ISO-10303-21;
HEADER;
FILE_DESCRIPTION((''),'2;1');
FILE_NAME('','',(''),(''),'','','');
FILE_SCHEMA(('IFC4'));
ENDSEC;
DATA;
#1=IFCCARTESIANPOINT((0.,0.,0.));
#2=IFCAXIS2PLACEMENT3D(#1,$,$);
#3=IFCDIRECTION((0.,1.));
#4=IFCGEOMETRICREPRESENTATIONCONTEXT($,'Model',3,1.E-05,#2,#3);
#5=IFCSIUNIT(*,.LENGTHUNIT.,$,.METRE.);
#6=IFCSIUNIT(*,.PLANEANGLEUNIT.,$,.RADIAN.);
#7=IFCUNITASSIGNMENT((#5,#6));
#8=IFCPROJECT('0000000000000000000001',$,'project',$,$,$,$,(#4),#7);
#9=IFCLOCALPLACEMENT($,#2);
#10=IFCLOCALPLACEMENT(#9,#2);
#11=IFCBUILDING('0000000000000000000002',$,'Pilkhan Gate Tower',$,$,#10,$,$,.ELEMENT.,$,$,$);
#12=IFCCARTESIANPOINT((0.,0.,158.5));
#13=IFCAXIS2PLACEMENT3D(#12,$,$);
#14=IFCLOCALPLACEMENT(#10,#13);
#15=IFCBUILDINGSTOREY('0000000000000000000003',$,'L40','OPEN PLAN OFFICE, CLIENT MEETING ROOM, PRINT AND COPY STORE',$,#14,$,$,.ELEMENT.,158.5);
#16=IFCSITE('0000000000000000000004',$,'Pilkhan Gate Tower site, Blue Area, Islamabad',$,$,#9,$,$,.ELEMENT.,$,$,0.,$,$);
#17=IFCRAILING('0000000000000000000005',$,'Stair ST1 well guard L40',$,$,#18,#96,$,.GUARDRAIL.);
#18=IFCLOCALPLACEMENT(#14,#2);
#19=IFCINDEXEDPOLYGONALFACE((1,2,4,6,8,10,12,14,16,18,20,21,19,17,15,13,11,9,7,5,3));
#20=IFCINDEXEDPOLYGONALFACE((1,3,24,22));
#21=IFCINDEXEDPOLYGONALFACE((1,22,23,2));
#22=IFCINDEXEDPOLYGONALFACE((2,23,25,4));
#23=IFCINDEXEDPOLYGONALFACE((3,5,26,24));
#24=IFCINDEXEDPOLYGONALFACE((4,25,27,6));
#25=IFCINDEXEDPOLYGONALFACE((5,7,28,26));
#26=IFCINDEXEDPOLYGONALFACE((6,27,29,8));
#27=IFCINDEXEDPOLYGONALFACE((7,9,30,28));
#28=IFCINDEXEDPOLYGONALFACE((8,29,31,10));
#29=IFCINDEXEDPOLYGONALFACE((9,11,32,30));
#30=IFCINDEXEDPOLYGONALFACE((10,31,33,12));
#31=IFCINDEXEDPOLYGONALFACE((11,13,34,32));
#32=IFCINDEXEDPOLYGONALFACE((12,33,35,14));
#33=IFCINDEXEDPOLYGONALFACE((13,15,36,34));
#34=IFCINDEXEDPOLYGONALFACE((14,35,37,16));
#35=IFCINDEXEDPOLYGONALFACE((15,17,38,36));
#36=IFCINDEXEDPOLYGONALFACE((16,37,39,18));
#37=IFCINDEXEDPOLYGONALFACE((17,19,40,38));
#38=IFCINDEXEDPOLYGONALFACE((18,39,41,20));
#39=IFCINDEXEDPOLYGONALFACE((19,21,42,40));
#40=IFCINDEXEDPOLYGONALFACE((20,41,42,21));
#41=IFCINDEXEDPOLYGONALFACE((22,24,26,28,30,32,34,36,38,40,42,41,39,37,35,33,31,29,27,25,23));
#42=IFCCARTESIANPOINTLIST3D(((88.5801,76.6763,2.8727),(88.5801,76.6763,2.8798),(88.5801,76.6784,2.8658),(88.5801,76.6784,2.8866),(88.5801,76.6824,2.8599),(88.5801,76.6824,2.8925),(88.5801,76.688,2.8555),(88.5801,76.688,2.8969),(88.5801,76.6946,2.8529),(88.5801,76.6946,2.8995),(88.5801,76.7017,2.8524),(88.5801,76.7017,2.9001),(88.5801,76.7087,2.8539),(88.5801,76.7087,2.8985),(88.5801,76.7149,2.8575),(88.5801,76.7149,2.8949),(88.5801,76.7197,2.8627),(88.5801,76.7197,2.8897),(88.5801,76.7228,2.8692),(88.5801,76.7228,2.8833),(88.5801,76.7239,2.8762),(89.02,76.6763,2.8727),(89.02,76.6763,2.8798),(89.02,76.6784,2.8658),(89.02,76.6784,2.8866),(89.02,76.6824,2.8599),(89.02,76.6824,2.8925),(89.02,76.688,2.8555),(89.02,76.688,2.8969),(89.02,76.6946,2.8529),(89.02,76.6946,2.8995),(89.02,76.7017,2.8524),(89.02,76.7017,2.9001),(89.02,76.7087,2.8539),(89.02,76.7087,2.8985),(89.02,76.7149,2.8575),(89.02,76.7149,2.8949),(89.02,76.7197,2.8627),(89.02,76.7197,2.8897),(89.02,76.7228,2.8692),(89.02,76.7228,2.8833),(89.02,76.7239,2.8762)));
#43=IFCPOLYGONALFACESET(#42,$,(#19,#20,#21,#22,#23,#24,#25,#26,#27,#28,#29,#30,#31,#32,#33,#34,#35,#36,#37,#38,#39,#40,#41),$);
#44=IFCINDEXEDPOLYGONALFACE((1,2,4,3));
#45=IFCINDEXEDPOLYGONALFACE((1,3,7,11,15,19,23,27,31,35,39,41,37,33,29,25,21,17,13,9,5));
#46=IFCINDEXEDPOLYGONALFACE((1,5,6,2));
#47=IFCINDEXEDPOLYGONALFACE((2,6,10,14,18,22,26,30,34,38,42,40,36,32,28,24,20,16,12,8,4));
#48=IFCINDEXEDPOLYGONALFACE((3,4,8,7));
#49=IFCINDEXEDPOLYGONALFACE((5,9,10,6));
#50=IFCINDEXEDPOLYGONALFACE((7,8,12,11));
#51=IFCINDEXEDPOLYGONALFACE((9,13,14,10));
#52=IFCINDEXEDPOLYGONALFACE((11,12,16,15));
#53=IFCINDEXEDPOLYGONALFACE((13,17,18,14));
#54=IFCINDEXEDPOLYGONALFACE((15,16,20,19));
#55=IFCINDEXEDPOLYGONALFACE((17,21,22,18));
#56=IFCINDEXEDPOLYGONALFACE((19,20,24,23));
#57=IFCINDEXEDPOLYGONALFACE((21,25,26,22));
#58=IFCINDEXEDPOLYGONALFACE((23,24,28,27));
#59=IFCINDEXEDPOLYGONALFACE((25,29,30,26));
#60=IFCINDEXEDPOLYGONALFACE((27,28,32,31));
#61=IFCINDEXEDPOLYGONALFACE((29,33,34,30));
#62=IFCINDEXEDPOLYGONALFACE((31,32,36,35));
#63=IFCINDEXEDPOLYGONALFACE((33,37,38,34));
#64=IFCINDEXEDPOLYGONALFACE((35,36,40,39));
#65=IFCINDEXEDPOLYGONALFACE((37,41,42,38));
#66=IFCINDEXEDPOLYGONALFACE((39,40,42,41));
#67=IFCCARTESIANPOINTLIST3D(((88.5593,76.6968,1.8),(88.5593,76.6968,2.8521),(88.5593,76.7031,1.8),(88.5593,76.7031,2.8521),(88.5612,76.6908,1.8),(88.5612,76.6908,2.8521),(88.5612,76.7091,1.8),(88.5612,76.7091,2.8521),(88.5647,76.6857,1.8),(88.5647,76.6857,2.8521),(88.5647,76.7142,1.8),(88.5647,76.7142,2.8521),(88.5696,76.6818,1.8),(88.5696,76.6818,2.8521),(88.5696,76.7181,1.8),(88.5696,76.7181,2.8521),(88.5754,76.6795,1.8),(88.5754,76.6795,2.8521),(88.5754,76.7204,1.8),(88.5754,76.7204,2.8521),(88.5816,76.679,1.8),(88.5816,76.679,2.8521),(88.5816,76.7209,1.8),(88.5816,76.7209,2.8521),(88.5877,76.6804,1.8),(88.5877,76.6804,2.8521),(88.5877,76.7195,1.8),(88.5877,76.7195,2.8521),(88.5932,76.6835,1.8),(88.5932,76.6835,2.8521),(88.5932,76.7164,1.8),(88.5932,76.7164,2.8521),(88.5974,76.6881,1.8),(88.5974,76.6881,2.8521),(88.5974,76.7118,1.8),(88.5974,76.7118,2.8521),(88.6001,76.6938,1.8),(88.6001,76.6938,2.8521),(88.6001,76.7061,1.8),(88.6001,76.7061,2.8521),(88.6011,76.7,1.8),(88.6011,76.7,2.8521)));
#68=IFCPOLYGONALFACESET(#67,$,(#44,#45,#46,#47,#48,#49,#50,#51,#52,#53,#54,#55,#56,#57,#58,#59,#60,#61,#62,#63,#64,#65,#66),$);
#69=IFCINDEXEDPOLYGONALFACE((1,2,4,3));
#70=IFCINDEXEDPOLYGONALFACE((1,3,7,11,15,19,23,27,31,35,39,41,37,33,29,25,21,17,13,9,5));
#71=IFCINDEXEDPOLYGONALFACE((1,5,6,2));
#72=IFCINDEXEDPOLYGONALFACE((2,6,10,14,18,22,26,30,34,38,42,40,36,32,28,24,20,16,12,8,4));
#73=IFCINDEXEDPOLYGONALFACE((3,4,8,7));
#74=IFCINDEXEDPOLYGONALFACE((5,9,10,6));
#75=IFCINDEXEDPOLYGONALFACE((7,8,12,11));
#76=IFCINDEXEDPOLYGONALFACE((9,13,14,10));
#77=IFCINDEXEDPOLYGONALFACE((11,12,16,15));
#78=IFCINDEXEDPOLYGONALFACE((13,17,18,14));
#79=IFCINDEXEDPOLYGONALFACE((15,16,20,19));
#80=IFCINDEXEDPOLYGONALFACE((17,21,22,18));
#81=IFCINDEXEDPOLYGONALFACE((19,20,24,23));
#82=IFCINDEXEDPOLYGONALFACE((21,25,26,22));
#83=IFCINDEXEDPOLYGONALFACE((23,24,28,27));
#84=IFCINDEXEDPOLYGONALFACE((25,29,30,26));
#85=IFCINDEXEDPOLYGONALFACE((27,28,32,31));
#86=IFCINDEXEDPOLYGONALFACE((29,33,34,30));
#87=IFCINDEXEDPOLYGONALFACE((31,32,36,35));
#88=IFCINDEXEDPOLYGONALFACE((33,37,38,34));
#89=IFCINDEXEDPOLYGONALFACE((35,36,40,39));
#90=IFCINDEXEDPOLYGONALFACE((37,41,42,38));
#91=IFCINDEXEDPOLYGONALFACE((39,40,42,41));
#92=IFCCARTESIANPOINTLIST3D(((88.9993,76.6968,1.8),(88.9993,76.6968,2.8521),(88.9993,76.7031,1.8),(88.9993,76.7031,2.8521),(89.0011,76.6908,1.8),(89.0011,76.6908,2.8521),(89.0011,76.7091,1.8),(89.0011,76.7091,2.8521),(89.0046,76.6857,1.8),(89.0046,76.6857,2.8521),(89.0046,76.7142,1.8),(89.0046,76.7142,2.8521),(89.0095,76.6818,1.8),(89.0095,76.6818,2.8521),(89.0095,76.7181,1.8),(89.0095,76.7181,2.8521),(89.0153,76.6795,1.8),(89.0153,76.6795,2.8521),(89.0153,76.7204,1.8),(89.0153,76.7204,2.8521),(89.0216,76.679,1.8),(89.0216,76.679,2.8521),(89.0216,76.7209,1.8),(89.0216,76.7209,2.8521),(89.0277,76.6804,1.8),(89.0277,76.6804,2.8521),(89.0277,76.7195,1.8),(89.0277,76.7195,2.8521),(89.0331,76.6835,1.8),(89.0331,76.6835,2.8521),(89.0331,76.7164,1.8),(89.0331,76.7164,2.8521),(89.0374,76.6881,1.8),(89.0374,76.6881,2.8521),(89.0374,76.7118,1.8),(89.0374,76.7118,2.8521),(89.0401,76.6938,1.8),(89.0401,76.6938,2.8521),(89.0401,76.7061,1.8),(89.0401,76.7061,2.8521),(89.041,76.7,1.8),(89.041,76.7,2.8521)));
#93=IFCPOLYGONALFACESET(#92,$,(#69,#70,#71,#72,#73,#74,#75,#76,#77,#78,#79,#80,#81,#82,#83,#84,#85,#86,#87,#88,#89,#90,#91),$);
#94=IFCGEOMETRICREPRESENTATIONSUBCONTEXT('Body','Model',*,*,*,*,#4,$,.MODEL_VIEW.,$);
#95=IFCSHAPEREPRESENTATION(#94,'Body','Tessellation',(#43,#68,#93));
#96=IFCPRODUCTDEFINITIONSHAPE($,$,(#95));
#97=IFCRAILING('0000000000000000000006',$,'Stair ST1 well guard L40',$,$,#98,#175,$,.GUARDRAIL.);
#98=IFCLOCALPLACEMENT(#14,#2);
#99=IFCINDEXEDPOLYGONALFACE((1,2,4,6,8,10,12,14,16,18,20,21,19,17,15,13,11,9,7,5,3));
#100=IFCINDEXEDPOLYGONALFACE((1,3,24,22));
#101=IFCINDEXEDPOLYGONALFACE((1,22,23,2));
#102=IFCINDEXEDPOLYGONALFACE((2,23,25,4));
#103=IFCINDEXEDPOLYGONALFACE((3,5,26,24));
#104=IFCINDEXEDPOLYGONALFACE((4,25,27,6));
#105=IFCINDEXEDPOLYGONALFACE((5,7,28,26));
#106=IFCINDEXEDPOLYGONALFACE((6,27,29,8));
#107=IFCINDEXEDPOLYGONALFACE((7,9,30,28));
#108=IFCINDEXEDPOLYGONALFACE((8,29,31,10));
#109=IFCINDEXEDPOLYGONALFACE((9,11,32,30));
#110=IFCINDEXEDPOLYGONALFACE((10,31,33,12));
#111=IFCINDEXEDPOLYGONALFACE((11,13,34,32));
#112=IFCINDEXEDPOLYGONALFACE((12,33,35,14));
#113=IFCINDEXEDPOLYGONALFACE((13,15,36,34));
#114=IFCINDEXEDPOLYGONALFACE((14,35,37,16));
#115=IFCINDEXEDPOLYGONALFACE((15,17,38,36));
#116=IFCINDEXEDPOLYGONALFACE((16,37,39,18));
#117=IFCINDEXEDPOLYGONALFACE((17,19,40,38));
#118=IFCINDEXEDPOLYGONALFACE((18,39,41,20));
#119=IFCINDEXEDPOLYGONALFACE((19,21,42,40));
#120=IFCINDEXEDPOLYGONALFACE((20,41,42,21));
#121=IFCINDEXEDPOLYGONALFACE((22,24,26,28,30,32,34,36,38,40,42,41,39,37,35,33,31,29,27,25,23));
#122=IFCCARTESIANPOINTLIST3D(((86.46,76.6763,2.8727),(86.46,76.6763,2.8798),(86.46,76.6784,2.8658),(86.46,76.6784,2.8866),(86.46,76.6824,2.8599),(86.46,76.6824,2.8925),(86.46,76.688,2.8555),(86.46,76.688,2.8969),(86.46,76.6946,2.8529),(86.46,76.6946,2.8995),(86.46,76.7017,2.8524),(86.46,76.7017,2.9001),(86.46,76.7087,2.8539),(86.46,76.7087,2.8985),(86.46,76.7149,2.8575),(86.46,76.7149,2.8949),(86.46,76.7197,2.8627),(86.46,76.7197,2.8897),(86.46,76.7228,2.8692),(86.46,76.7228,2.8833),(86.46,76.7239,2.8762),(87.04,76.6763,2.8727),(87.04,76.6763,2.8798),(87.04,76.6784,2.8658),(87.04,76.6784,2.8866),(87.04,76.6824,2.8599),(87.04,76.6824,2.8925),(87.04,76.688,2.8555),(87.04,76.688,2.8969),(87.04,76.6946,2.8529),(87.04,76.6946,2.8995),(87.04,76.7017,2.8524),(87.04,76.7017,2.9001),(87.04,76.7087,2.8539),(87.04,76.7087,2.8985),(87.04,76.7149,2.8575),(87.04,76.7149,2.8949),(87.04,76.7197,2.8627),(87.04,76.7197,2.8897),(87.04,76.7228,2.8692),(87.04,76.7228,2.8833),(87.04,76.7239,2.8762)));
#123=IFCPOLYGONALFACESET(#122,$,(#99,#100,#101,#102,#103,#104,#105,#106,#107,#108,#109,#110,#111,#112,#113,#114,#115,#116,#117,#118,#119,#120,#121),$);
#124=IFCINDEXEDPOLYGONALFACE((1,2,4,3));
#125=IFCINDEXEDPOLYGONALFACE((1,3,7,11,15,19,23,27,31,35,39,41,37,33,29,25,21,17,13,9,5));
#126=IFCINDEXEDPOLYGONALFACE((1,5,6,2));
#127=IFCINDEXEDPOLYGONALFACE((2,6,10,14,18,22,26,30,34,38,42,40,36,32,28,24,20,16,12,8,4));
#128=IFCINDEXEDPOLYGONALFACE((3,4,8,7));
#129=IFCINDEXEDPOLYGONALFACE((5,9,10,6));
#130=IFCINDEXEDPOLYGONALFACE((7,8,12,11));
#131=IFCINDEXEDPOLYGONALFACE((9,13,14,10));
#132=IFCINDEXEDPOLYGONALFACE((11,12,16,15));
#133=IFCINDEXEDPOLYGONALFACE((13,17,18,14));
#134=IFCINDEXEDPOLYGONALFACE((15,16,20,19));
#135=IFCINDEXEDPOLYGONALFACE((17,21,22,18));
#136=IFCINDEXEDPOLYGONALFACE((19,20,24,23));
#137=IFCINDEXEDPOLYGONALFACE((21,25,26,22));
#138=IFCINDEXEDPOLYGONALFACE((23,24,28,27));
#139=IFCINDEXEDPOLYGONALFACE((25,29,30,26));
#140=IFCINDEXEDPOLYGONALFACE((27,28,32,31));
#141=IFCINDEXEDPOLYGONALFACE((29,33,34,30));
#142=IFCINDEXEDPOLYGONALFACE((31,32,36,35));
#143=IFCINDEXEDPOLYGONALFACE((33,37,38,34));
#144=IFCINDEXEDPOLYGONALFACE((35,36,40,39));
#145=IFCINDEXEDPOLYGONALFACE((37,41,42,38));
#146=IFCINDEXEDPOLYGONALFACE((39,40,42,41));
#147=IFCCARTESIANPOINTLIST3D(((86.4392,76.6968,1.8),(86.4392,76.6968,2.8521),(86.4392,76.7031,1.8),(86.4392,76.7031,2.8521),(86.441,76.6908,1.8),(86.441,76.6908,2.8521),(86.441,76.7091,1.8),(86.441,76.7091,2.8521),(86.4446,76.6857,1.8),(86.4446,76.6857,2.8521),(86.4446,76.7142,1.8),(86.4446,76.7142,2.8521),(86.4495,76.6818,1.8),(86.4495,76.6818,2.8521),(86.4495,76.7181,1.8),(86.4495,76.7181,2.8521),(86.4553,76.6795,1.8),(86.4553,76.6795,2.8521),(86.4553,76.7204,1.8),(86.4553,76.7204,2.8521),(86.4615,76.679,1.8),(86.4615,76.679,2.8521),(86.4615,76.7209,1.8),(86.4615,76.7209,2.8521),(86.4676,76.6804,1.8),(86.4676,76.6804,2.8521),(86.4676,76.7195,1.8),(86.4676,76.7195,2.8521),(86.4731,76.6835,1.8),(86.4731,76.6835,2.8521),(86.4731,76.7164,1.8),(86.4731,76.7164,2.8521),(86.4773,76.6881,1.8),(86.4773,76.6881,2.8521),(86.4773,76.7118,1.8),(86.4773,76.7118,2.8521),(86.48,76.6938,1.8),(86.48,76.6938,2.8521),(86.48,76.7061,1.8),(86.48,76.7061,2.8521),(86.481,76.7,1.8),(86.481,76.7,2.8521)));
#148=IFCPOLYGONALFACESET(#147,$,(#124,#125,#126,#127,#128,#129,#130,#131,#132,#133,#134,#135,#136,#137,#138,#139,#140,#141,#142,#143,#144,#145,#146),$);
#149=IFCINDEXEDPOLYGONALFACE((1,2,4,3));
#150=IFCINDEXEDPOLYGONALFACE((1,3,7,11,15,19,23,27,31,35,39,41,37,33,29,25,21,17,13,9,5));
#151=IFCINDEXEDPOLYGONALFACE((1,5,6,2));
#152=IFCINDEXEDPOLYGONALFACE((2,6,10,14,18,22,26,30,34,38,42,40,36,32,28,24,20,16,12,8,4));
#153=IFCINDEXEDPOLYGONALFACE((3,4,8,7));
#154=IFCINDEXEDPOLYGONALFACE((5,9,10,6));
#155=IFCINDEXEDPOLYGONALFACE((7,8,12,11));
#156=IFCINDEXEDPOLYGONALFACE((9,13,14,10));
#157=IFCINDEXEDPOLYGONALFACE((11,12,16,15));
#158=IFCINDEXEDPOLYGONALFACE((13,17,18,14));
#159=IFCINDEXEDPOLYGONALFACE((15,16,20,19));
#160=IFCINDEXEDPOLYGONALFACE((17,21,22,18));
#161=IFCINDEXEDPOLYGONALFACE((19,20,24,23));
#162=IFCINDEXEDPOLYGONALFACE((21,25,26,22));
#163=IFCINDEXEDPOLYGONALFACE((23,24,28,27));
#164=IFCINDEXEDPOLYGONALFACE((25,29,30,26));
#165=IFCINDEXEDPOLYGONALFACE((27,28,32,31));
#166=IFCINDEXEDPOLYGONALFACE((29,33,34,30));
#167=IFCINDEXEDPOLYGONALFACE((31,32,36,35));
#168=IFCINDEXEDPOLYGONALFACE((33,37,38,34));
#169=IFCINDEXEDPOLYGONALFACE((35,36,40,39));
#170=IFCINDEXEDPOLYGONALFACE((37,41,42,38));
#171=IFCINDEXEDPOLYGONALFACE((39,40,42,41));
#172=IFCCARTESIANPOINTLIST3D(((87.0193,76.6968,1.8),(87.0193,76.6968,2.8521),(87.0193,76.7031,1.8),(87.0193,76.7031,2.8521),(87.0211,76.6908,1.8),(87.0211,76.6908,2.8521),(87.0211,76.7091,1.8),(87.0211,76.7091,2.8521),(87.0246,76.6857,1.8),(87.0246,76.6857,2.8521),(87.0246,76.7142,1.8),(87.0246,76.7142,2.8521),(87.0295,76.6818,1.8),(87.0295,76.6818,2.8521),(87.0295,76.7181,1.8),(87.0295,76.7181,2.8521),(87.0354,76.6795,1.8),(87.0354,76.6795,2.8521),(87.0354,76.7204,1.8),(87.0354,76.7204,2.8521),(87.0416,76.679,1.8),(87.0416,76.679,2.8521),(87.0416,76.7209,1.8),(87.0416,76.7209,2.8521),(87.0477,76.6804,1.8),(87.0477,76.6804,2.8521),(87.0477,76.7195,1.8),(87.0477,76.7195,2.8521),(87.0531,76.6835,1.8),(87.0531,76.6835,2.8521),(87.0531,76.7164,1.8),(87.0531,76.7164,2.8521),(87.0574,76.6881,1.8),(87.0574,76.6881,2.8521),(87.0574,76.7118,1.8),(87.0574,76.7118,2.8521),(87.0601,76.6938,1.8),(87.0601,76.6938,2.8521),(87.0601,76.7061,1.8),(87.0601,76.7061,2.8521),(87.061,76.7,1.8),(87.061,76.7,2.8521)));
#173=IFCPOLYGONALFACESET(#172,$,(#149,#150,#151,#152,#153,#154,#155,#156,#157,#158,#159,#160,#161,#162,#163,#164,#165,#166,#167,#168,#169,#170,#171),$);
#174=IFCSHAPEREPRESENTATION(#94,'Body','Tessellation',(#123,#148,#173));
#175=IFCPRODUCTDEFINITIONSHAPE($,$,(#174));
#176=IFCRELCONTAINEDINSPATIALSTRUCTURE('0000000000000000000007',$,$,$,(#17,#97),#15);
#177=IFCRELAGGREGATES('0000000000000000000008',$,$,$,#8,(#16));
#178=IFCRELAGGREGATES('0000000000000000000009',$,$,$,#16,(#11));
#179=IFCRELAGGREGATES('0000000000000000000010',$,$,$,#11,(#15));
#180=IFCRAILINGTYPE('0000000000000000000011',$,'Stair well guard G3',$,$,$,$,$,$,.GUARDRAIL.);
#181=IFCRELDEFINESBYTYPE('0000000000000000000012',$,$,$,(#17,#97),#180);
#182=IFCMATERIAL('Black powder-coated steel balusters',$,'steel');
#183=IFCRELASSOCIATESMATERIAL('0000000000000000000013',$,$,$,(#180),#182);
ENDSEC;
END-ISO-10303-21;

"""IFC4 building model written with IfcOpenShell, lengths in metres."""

from ifc_helpers import new_model, si_unit, direction, frame, origin, origin_2d, place, context, subcontext, project, spatial, circle, extrude, material, type_object, element, save


model = new_model("IFC4")

# Units and contexts
model_context = context("Model", 3, precision=1e-05, world=origin(), true_north=direction((0.0, 1.0)))
body_context = subcontext(model_context, "Body", "Model", "MODEL_VIEW")
ifc_project = project(units=[si_unit("LENGTHUNIT", "METRE"), si_unit("PLANEANGLEUNIT", "RADIAN")], contexts=[model_context])

# Site, building, storey
site_placement = place(None, origin())
site = spatial("IfcSite", under=ifc_project, at=site_placement, Name="Pilkhan Gate Tower site, Blue Area, Islamabad", CompositionType="ELEMENT", RefElevation=0.0)
building_placement = place(site_placement, origin())
building = spatial("IfcBuilding", under=site, at=building_placement, Name="Pilkhan Gate Tower", CompositionType="ELEMENT")
storey_placement = place(building_placement, frame((0.0, 0.0, 158.5)))
storey = spatial("IfcBuildingStorey", under=building, at=storey_placement, Name="L40", Description="OPEN PLAN OFFICE, CLIENT MEETING ROOM, PRINT AND COPY STORE", CompositionType="ELEMENT", Elevation=158.5)

# Railings
ifc_material_1 = material(Name="Black powder-coated steel balusters", Category="steel")
railing_type_1 = type_object("IfcRailingType", Name="Stair well guard G3", PredefinedType="GUARDRAIL", material=ifc_material_1)
railing_1_placement = place(storey_placement, frame((88.5801, 76.7, 1.8)))
element("IfcRailing", 1, at=railing_1_placement, inside=storey, type_object=railing_type_1, Name="Stair ST1 well guard L40", PredefinedType="GUARDRAIL", context=body_context, shape_type="SweptSolid", body=[
    extrude(circle(Radius=0.0239, at=origin_2d()), frame((0.0, 0.0, 1.0762), z_axis=(1.0, 0.0, 0.0), x_axis=(0.0, 1.0, 0.0)), (0.0, 0.0, 1.0), 0.4399),
    extrude(circle(Radius=0.021, at=origin_2d()), origin(), (0.0, 0.0, 1.0), 1.052),
    extrude(circle(Radius=0.021, at=origin_2d()), frame((0.4399, 0.0, 0.0)), (0.0, 0.0, 1.0), 1.052),
])
railing_2_placement = place(storey_placement, frame((86.46, 76.7, 1.8)))
element("IfcRailing", 2, at=railing_2_placement, inside=storey, type_object=railing_type_1, Name="Stair ST1 well guard L40", PredefinedType="GUARDRAIL", context=body_context, shape_type="SweptSolid", body=[
    extrude(circle(Radius=0.0239, at=origin_2d()), frame((0.0, 0.0, 1.0762), z_axis=(1.0, 0.0, 0.0), x_axis=(0.0, 1.0, 0.0)), (0.0, 0.0, 1.0), 0.5801),
    extrude(circle(Radius=0.021, at=origin_2d()), origin(), (0.0, 0.0, 1.0), 1.052),
    extrude(circle(Radius=0.021, at=origin_2d()), frame((0.5801, 0.0, 0.0)), (0.0, 0.0, 1.0), 1.052),
])

save(model, "model.ifc")
